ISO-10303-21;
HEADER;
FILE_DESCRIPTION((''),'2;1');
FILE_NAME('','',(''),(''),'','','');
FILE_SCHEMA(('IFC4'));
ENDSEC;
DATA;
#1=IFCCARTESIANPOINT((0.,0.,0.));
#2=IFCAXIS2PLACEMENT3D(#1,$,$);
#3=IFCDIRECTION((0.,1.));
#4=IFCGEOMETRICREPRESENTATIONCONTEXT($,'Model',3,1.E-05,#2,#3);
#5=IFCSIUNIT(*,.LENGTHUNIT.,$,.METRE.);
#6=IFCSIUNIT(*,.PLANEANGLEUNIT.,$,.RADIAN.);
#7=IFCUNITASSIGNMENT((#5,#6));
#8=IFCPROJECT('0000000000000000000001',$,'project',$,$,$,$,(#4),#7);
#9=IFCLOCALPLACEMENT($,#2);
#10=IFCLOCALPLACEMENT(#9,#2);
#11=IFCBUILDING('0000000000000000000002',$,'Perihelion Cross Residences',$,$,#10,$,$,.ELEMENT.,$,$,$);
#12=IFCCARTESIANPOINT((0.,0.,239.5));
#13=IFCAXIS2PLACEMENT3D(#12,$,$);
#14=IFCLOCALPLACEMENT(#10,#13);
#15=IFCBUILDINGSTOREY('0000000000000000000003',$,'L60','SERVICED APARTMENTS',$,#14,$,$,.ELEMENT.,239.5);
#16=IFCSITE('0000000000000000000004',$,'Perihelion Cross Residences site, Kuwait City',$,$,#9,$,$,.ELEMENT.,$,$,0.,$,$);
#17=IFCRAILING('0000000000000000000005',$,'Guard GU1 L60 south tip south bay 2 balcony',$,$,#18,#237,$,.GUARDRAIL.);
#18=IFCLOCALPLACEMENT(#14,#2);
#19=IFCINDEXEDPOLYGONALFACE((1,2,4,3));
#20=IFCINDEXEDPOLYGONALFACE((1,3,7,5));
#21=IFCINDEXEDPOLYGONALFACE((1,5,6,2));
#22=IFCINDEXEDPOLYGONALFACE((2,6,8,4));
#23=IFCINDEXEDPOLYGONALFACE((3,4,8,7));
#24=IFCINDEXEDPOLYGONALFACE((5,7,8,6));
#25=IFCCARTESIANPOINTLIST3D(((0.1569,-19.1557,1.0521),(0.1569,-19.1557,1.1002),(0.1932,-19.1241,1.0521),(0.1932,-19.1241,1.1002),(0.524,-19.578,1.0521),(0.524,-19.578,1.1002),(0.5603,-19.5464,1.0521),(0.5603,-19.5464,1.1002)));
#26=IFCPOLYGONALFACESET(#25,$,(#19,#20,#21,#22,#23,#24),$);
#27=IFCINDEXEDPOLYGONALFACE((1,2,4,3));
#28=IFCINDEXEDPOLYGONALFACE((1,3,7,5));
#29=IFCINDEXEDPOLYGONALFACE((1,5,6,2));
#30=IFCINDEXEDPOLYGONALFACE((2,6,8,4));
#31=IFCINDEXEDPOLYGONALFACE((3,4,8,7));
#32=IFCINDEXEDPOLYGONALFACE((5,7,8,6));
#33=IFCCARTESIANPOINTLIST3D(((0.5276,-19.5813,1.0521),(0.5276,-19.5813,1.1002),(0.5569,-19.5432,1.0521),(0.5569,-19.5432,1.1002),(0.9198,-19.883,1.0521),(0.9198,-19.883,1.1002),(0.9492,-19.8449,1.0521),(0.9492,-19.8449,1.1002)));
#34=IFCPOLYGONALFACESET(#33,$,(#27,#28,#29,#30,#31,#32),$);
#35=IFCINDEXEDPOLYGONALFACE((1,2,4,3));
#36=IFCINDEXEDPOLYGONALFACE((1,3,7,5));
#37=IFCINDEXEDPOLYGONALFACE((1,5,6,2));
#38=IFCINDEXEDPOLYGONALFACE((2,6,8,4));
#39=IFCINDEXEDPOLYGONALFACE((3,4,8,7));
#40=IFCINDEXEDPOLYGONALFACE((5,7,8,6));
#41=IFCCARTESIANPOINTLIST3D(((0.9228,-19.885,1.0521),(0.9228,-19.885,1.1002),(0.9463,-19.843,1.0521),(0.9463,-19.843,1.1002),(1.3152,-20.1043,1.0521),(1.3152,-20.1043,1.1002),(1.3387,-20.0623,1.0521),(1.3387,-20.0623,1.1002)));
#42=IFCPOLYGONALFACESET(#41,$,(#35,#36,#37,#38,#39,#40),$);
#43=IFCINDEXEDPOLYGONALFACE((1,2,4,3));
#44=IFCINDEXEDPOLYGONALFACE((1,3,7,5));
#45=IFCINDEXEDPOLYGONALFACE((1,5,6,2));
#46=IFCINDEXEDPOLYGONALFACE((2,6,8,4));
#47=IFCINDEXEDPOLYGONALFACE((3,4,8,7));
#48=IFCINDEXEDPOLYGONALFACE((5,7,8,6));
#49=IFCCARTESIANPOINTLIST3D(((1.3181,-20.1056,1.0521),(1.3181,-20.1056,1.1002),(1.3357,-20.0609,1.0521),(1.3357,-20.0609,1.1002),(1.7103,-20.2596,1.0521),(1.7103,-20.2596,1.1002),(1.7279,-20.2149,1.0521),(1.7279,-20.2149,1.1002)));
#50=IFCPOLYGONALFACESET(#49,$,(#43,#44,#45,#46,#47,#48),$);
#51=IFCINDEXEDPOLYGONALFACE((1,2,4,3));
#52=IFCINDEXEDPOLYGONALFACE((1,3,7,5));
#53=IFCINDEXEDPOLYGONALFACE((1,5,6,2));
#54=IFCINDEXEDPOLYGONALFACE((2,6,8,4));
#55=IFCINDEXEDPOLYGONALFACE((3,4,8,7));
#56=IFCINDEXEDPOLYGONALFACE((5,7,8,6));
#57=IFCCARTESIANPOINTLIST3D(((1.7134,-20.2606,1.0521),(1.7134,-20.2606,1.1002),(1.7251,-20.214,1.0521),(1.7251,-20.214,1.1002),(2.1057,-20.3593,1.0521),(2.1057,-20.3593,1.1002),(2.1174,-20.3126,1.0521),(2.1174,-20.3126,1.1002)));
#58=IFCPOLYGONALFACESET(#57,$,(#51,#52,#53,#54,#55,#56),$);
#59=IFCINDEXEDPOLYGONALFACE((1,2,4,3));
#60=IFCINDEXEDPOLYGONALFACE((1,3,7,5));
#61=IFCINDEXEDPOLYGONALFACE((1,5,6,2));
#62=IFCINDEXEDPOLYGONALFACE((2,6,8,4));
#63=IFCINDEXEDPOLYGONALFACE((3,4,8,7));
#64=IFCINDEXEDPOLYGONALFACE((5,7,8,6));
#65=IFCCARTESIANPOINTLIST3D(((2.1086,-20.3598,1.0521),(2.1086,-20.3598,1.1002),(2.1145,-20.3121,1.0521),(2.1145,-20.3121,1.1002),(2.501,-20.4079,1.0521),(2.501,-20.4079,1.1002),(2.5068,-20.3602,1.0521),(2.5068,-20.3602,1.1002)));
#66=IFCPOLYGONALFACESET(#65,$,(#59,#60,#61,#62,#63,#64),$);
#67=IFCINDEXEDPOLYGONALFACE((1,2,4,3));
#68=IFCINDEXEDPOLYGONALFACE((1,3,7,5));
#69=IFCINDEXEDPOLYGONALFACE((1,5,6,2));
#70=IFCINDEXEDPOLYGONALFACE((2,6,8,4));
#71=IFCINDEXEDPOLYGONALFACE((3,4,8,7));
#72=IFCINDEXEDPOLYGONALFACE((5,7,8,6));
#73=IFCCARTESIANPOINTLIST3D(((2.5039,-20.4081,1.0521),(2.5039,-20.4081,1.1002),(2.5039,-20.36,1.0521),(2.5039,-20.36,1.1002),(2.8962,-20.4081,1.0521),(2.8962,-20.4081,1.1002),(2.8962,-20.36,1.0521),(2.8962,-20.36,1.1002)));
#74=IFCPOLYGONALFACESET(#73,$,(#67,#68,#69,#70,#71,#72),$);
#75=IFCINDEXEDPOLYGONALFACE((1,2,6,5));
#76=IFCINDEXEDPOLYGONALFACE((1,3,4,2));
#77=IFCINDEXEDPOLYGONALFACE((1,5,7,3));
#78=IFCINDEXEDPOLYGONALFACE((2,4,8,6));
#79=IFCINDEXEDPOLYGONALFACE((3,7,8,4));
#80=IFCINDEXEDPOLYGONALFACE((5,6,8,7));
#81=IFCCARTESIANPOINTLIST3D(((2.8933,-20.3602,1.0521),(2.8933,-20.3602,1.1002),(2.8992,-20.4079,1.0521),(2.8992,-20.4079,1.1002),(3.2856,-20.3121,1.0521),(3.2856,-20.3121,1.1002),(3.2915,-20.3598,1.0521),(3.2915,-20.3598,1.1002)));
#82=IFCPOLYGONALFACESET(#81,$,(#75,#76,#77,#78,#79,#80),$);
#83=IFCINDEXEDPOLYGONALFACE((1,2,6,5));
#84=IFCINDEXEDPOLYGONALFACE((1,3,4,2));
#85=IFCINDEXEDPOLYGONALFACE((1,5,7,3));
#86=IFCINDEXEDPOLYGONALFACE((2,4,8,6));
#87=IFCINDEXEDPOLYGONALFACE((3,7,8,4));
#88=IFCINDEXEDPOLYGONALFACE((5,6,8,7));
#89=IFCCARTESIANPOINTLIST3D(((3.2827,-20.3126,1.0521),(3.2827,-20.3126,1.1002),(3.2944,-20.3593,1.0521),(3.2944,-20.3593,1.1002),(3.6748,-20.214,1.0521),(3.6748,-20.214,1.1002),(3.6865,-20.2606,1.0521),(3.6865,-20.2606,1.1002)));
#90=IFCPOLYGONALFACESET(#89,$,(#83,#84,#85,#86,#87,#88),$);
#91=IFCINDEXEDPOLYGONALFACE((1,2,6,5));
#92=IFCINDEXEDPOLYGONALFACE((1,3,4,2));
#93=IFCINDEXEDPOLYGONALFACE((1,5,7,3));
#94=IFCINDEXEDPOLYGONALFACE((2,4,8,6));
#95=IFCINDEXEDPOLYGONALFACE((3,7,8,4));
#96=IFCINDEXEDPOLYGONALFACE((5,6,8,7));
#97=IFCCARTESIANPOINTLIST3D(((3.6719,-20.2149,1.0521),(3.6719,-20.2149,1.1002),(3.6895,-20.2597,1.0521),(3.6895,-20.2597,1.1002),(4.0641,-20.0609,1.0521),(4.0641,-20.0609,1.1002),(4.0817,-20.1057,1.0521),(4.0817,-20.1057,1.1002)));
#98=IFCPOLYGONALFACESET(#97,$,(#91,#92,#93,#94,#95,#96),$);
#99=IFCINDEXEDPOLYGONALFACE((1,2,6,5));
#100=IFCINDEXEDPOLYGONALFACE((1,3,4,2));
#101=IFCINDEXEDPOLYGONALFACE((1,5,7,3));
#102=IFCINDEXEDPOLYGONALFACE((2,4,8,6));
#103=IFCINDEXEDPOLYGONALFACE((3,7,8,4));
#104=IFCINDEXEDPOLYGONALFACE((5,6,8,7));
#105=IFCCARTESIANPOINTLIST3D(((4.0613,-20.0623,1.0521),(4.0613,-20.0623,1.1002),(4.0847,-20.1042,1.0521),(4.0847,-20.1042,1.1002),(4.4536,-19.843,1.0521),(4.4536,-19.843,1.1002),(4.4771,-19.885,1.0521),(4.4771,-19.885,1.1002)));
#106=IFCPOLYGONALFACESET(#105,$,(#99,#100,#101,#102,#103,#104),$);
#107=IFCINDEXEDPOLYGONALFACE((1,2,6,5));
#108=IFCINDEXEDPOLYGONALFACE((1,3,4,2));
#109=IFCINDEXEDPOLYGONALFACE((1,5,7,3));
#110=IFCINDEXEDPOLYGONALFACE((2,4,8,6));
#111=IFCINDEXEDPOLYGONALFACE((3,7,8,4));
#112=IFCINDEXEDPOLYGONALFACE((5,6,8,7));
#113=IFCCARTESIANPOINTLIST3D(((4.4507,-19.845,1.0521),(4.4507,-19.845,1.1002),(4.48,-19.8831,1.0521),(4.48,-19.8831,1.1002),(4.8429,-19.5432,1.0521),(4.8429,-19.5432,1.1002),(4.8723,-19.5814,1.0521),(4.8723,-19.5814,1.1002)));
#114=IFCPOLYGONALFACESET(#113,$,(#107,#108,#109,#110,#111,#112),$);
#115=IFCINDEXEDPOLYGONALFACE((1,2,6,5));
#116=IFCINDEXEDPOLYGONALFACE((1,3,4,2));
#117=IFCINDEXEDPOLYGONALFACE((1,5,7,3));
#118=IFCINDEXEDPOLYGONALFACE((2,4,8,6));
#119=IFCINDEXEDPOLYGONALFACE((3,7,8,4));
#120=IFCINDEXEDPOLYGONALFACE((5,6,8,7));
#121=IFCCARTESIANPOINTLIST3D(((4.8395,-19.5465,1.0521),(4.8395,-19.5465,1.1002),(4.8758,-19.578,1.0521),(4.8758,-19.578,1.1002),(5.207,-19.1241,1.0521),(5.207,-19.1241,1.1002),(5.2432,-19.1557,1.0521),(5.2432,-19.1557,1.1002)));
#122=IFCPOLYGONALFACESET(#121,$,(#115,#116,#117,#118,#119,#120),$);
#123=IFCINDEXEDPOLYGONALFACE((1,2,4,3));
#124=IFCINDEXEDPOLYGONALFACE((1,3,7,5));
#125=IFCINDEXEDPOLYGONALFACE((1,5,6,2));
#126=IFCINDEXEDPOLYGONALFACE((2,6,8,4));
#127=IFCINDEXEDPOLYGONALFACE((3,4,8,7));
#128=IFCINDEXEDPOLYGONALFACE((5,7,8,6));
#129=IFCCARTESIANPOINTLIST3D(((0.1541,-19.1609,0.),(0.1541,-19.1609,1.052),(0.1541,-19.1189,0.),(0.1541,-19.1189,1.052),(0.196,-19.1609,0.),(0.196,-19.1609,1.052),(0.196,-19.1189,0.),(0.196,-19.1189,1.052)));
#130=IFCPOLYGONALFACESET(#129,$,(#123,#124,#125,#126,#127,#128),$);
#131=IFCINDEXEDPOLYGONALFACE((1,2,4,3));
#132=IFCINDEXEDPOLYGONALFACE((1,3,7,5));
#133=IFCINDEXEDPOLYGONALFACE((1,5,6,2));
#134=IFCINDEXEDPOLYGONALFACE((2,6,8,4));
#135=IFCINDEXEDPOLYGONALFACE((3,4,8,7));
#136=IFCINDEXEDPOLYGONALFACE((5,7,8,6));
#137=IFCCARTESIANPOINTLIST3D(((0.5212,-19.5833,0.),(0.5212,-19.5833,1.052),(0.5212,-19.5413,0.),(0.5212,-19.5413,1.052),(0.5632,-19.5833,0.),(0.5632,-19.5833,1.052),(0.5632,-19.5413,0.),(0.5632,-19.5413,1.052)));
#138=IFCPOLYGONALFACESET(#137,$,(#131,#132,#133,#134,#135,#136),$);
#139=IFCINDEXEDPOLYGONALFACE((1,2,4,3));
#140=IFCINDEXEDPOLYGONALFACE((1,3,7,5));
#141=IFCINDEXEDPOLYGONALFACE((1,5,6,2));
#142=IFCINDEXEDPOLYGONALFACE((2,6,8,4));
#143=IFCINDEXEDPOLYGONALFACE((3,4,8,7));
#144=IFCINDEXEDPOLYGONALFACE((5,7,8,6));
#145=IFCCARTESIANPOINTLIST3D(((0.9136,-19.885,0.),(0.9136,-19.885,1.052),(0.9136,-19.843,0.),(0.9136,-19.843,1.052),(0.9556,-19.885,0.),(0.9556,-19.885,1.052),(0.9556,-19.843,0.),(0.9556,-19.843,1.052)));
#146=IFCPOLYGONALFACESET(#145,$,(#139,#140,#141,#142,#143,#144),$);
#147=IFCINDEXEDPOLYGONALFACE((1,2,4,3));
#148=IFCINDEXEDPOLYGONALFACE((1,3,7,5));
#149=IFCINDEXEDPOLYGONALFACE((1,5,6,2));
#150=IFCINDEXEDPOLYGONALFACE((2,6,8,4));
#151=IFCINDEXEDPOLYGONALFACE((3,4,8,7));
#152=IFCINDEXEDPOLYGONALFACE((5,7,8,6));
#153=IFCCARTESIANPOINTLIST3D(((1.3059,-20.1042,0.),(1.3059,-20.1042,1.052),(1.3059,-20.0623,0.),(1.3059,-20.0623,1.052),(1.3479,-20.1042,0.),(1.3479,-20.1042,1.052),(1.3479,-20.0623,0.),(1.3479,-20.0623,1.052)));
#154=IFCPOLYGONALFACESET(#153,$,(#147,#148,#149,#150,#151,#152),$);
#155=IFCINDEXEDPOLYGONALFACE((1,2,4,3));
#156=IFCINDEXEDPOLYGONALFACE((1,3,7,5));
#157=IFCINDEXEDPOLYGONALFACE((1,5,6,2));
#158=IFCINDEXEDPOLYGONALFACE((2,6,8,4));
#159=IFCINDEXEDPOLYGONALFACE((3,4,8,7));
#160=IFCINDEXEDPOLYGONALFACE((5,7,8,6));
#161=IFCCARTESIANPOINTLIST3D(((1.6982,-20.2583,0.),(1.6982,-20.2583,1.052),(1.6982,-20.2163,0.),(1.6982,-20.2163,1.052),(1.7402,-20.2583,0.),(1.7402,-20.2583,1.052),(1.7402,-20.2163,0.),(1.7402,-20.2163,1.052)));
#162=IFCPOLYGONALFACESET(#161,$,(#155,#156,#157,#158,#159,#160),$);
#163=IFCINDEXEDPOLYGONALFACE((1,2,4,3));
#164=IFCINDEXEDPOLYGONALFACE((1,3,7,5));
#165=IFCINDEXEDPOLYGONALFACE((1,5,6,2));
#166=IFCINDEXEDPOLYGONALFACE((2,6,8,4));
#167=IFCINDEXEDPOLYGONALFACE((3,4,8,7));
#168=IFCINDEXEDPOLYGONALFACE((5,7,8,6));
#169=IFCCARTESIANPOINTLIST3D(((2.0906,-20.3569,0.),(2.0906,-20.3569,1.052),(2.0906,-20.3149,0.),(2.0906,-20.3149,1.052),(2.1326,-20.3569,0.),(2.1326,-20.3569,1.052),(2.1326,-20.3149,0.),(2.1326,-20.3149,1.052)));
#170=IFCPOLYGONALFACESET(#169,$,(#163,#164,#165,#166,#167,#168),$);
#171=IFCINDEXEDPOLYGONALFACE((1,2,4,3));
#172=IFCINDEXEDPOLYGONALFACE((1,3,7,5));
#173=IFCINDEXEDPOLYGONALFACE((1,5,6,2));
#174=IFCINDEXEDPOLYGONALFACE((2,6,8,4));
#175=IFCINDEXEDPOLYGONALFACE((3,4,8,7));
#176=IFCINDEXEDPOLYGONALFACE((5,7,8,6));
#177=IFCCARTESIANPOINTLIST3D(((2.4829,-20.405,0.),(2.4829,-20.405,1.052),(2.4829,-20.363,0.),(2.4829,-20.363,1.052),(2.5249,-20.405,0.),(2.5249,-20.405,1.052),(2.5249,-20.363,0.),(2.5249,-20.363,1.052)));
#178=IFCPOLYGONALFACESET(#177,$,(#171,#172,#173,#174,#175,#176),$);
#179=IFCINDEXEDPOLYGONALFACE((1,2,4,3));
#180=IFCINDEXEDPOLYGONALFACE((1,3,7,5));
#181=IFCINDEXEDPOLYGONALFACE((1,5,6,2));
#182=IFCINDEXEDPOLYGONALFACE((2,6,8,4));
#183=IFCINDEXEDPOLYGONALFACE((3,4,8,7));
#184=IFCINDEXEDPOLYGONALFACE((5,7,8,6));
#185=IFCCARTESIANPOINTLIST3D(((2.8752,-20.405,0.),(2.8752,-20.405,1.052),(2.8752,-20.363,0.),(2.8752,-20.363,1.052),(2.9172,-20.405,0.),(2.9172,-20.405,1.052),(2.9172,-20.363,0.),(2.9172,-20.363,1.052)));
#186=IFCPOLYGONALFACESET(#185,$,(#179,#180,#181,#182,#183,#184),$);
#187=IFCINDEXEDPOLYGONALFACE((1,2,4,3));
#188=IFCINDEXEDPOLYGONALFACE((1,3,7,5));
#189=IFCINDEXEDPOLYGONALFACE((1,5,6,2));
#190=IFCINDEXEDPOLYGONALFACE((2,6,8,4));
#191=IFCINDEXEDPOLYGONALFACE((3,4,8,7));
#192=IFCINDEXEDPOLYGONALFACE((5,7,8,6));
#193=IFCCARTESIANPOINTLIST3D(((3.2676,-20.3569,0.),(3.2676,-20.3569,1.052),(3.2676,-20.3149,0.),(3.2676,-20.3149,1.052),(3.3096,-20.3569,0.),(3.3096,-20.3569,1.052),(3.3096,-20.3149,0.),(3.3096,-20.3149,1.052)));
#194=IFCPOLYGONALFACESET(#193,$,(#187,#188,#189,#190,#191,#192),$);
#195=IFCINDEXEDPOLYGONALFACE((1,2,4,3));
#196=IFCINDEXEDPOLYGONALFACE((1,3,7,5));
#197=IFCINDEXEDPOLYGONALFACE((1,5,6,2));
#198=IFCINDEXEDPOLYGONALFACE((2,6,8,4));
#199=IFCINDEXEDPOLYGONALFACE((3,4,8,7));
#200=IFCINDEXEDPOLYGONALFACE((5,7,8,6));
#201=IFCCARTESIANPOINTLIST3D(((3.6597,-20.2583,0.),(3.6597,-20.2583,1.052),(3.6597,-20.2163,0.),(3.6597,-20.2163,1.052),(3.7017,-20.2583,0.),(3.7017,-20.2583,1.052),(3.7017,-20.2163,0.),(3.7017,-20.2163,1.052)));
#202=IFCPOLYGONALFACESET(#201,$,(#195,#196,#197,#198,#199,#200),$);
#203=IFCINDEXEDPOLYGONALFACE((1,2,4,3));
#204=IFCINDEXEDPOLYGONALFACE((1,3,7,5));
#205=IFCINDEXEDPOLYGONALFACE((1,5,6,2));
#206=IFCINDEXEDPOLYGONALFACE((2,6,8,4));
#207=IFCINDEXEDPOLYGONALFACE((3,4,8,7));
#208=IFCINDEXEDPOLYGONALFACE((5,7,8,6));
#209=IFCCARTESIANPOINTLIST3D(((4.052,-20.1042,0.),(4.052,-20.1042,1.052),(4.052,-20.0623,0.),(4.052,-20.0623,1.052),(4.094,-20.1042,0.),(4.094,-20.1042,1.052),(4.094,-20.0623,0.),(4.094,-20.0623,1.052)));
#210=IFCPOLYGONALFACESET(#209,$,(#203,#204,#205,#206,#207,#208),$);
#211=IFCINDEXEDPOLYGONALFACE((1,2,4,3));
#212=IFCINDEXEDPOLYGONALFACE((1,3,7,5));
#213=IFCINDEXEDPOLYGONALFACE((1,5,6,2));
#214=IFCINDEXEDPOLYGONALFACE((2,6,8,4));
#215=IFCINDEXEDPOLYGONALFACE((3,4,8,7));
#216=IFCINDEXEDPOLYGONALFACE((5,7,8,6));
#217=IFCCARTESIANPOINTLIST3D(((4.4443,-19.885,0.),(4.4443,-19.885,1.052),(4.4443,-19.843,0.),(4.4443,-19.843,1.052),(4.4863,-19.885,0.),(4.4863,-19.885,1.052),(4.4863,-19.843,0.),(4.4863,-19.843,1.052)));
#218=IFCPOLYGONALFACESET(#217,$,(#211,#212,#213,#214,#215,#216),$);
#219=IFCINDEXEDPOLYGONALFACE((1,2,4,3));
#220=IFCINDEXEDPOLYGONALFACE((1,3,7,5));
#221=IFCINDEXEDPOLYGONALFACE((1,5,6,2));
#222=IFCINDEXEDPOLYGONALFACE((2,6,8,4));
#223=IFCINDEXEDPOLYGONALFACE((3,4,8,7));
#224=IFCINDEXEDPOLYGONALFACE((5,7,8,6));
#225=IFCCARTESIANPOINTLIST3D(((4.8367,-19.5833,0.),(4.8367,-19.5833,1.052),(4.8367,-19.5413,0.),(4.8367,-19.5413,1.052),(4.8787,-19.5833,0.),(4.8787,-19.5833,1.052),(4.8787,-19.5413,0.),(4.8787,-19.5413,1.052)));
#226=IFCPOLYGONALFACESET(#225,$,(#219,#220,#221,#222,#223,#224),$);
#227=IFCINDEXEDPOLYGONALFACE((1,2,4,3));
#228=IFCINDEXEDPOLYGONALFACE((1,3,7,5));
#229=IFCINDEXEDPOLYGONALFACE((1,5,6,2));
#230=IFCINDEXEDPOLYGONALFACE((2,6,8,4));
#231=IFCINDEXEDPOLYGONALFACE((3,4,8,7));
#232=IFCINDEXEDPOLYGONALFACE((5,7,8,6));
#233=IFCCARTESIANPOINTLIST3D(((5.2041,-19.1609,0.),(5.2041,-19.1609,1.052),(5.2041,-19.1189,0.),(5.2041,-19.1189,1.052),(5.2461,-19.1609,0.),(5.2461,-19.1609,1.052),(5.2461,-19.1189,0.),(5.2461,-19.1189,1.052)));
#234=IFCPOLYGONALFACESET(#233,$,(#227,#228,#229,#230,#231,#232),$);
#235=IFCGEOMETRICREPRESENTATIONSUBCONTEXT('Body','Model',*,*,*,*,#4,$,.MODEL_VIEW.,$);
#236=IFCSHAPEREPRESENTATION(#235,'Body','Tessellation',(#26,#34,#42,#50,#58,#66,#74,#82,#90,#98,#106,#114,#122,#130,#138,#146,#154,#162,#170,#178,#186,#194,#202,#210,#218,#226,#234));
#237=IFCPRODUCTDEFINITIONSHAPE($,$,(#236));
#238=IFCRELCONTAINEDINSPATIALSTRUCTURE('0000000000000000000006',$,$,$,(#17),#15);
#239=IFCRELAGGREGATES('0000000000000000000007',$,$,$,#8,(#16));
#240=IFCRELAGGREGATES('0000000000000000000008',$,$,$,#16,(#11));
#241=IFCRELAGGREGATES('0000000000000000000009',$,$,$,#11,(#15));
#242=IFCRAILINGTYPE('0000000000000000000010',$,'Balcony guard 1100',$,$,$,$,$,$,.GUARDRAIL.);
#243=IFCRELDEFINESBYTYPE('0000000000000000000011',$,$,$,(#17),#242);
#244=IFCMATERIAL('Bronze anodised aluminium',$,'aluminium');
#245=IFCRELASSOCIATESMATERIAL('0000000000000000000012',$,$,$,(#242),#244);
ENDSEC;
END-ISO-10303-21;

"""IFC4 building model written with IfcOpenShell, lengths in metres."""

from ifc_helpers import new_model, si_unit, direction, frame, origin, origin_2d, place, context, subcontext, project, spatial, rectangle, extrude, material, type_object, element, save


model = new_model("IFC4")

# Units and contexts
model_context = context("Model", 3, precision=1e-05, world=origin(), true_north=direction((0.0, 1.0)))
body_context = subcontext(model_context, "Body", "Model", "MODEL_VIEW")
ifc_project = project(units=[si_unit("LENGTHUNIT", "METRE"), si_unit("PLANEANGLEUNIT", "RADIAN")], contexts=[model_context])

# Site, building, storey
site_placement = place(None, origin())
site = spatial("IfcSite", under=ifc_project, at=site_placement, Name="Perihelion Cross Residences site, Kuwait City", CompositionType="ELEMENT", RefElevation=0.0)
building_placement = place(site_placement, origin())
building = spatial("IfcBuilding", under=site, at=building_placement, Name="Perihelion Cross Residences", CompositionType="ELEMENT")
storey_placement = place(building_placement, frame((0.0, 0.0, 239.5)))
storey = spatial("IfcBuildingStorey", under=building, at=storey_placement, Name="L60", Description="SERVICED APARTMENTS", CompositionType="ELEMENT", Elevation=239.5)

# Railing
ifc_material_1 = material(Name="Bronze anodised aluminium", Category="aluminium")
railing_type = type_object("IfcRailingType", Name="Balcony guard 1100", PredefinedType="GUARDRAIL", material=ifc_material_1)
railing_placement = place(storey_placement, frame((0.175, -19.1399, 0.0)))
element("IfcRailing", 1, at=railing_placement, inside=storey, type_object=railing_type, Name="Guard GU1 L60 south tip south bay 2 balcony", PredefinedType="GUARDRAIL", context=body_context, shape_type="SweptSolid", body=[
    extrude(rectangle(XDim=0.0481, YDim=0.0481, at=origin_2d()), frame((0.0, 0.0, 1.0762), z_axis=(0.656092, -0.754681, 0.0), x_axis=(0.754681, 0.656092, 0.0)), (0.0, 0.0, 1.0), 0.5596),
    extrude(rectangle(XDim=0.0481, YDim=0.0481, at=origin_2d()), frame((0.3672, -0.4224, 1.0762), z_axis=(0.792661, -0.609663, 0.0), x_axis=(0.609663, 0.792661, 0.0)), (0.0, 0.0, 1.0), 0.4949),
    extrude(rectangle(XDim=0.0481, YDim=0.0481, at=origin_2d()), frame((0.7595, -0.7241, 1.0762), z_axis=(0.87295, -0.487809, 0.0), x_axis=(0.487809, 0.87295, 0.0)), (0.0, 0.0, 1.0), 0.4495),
    extrude(rectangle(XDim=0.0481, YDim=0.0481, at=origin_2d()), frame((1.1519, -0.9434, 1.0762), z_axis=(0.930815, -0.365491, 0.0), x_axis=(0.365491, 0.930815, 0.0)), (0.0, 0.0, 1.0), 0.4214),
    extrude(rectangle(XDim=0.0481, YDim=0.0481, at=origin_2d()), frame((1.5442, -1.0974, 1.0762), z_axis=(0.969822, -0.243813, 0.0), x_axis=(0.243813, 0.969822, 0.0)), (0.0, 0.0, 1.0), 0.4045),
    extrude(rectangle(XDim=0.0481, YDim=0.0481, at=origin_2d()), frame((1.9365, -1.196, 1.0762), z_axis=(0.99257, -0.121678, 0.0), x_axis=(0.121678, 0.99257, 0.0)), (0.0, 0.0, 1.0), 0.3953),
    extrude(rectangle(XDim=0.0481, YDim=0.0481, at=origin_2d()), frame((2.3289, -1.2441, 1.0762), z_axis=(1.0, 0.0, 0.0), x_axis=(0.0, 1.0, 0.0)), (0.0, 0.0, 1.0), 0.3923),
    extrude(rectangle(XDim=0.0481, YDim=0.0481, at=origin_2d()), frame((2.7212, -1.2441, 1.0762), z_axis=(0.99257, 0.121678, 0.0), x_axis=(-0.121678, 0.99257, 0.0)), (0.0, 0.0, 1.0), 0.3953),
    extrude(rectangle(XDim=0.0481, YDim=0.0481, at=origin_2d()), frame((3.1135, -1.196, 1.0762), z_axis=(0.969786, 0.243956, 0.0), x_axis=(-0.243956, 0.969786, 0.0)), (0.0, 0.0, 1.0), 0.4043),
    extrude(rectangle(XDim=0.0481, YDim=0.0481, at=origin_2d()), frame((3.5056, -1.0974, 1.0762), z_axis=(0.930815, 0.365491, 0.0), x_axis=(-0.365491, 0.930815, 0.0)), (0.0, 0.0, 1.0), 0.4214),
    extrude(rectangle(XDim=0.0481, YDim=0.0481, at=origin_2d()), frame((3.8979, -0.9434, 1.0762), z_axis=(0.87295, 0.487809, 0.0), x_axis=(-0.487809, 0.87295, 0.0)), (0.0, 0.0, 1.0), 0.4495),
    extrude(rectangle(XDim=0.0481, YDim=0.0481, at=origin_2d()), frame((4.2903, -0.7241, 1.0762), z_axis=(0.792661, 0.609663, 0.0), x_axis=(-0.609663, 0.792661, 0.0)), (0.0, 0.0, 1.0), 0.4949),
    extrude(rectangle(XDim=0.0481, YDim=0.0481, at=origin_2d()), frame((4.6826, -0.4224, 1.0762), z_axis=(0.656341, 0.754465, 0.0), x_axis=(-0.754465, 0.656341, 0.0)), (0.0, 0.0, 1.0), 0.5598),
    extrude(rectangle(XDim=0.042, YDim=0.042, at=origin_2d()), origin(), (0.0, 0.0, 1.0), 1.052),
    extrude(rectangle(XDim=0.042, YDim=0.042, at=origin_2d()), frame((0.3672, -0.4224, 0.0)), (0.0, 0.0, 1.0), 1.052),
    extrude(rectangle(XDim=0.042, YDim=0.042, at=origin_2d()), frame((0.7595, -0.7241, 0.0)), (0.0, 0.0, 1.0), 1.052),
    extrude(rectangle(XDim=0.042, YDim=0.042, at=origin_2d()), frame((1.1519, -0.9434, 0.0)), (0.0, 0.0, 1.0), 1.052),
    extrude(rectangle(XDim=0.042, YDim=0.042, at=origin_2d()), frame((1.5442, -1.0974, 0.0)), (0.0, 0.0, 1.0), 1.052),
    extrude(rectangle(XDim=0.042, YDim=0.042, at=origin_2d()), frame((1.9365, -1.196, 0.0)), (0.0, 0.0, 1.0), 1.052),
    extrude(rectangle(XDim=0.042, YDim=0.042, at=origin_2d()), frame((2.3289, -1.2441, 0.0)), (0.0, 0.0, 1.0), 1.052),
    extrude(rectangle(XDim=0.042, YDim=0.042, at=origin_2d()), frame((2.7212, -1.2441, 0.0)), (0.0, 0.0, 1.0), 1.052),
    extrude(rectangle(XDim=0.042, YDim=0.042, at=origin_2d()), frame((3.1135, -1.196, 0.0)), (0.0, 0.0, 1.0), 1.052),
    extrude(rectangle(XDim=0.042, YDim=0.042, at=origin_2d()), frame((3.5056, -1.0974, 0.0)), (0.0, 0.0, 1.0), 1.052),
    extrude(rectangle(XDim=0.042, YDim=0.042, at=origin_2d()), frame((3.8979, -0.9434, 0.0)), (0.0, 0.0, 1.0), 1.052),
    extrude(rectangle(XDim=0.042, YDim=0.042, at=origin_2d()), frame((4.2903, -0.7241, 0.0)), (0.0, 0.0, 1.0), 1.052),
    extrude(rectangle(XDim=0.042, YDim=0.042, at=origin_2d()), frame((4.6826, -0.4224, 0.0)), (0.0, 0.0, 1.0), 1.052),
    extrude(rectangle(XDim=0.042, YDim=0.042, at=origin_2d()), frame((5.05, 0.0, 0.0)), (0.0, 0.0, 1.0), 1.052),
])

save(model, "model.ifc")
